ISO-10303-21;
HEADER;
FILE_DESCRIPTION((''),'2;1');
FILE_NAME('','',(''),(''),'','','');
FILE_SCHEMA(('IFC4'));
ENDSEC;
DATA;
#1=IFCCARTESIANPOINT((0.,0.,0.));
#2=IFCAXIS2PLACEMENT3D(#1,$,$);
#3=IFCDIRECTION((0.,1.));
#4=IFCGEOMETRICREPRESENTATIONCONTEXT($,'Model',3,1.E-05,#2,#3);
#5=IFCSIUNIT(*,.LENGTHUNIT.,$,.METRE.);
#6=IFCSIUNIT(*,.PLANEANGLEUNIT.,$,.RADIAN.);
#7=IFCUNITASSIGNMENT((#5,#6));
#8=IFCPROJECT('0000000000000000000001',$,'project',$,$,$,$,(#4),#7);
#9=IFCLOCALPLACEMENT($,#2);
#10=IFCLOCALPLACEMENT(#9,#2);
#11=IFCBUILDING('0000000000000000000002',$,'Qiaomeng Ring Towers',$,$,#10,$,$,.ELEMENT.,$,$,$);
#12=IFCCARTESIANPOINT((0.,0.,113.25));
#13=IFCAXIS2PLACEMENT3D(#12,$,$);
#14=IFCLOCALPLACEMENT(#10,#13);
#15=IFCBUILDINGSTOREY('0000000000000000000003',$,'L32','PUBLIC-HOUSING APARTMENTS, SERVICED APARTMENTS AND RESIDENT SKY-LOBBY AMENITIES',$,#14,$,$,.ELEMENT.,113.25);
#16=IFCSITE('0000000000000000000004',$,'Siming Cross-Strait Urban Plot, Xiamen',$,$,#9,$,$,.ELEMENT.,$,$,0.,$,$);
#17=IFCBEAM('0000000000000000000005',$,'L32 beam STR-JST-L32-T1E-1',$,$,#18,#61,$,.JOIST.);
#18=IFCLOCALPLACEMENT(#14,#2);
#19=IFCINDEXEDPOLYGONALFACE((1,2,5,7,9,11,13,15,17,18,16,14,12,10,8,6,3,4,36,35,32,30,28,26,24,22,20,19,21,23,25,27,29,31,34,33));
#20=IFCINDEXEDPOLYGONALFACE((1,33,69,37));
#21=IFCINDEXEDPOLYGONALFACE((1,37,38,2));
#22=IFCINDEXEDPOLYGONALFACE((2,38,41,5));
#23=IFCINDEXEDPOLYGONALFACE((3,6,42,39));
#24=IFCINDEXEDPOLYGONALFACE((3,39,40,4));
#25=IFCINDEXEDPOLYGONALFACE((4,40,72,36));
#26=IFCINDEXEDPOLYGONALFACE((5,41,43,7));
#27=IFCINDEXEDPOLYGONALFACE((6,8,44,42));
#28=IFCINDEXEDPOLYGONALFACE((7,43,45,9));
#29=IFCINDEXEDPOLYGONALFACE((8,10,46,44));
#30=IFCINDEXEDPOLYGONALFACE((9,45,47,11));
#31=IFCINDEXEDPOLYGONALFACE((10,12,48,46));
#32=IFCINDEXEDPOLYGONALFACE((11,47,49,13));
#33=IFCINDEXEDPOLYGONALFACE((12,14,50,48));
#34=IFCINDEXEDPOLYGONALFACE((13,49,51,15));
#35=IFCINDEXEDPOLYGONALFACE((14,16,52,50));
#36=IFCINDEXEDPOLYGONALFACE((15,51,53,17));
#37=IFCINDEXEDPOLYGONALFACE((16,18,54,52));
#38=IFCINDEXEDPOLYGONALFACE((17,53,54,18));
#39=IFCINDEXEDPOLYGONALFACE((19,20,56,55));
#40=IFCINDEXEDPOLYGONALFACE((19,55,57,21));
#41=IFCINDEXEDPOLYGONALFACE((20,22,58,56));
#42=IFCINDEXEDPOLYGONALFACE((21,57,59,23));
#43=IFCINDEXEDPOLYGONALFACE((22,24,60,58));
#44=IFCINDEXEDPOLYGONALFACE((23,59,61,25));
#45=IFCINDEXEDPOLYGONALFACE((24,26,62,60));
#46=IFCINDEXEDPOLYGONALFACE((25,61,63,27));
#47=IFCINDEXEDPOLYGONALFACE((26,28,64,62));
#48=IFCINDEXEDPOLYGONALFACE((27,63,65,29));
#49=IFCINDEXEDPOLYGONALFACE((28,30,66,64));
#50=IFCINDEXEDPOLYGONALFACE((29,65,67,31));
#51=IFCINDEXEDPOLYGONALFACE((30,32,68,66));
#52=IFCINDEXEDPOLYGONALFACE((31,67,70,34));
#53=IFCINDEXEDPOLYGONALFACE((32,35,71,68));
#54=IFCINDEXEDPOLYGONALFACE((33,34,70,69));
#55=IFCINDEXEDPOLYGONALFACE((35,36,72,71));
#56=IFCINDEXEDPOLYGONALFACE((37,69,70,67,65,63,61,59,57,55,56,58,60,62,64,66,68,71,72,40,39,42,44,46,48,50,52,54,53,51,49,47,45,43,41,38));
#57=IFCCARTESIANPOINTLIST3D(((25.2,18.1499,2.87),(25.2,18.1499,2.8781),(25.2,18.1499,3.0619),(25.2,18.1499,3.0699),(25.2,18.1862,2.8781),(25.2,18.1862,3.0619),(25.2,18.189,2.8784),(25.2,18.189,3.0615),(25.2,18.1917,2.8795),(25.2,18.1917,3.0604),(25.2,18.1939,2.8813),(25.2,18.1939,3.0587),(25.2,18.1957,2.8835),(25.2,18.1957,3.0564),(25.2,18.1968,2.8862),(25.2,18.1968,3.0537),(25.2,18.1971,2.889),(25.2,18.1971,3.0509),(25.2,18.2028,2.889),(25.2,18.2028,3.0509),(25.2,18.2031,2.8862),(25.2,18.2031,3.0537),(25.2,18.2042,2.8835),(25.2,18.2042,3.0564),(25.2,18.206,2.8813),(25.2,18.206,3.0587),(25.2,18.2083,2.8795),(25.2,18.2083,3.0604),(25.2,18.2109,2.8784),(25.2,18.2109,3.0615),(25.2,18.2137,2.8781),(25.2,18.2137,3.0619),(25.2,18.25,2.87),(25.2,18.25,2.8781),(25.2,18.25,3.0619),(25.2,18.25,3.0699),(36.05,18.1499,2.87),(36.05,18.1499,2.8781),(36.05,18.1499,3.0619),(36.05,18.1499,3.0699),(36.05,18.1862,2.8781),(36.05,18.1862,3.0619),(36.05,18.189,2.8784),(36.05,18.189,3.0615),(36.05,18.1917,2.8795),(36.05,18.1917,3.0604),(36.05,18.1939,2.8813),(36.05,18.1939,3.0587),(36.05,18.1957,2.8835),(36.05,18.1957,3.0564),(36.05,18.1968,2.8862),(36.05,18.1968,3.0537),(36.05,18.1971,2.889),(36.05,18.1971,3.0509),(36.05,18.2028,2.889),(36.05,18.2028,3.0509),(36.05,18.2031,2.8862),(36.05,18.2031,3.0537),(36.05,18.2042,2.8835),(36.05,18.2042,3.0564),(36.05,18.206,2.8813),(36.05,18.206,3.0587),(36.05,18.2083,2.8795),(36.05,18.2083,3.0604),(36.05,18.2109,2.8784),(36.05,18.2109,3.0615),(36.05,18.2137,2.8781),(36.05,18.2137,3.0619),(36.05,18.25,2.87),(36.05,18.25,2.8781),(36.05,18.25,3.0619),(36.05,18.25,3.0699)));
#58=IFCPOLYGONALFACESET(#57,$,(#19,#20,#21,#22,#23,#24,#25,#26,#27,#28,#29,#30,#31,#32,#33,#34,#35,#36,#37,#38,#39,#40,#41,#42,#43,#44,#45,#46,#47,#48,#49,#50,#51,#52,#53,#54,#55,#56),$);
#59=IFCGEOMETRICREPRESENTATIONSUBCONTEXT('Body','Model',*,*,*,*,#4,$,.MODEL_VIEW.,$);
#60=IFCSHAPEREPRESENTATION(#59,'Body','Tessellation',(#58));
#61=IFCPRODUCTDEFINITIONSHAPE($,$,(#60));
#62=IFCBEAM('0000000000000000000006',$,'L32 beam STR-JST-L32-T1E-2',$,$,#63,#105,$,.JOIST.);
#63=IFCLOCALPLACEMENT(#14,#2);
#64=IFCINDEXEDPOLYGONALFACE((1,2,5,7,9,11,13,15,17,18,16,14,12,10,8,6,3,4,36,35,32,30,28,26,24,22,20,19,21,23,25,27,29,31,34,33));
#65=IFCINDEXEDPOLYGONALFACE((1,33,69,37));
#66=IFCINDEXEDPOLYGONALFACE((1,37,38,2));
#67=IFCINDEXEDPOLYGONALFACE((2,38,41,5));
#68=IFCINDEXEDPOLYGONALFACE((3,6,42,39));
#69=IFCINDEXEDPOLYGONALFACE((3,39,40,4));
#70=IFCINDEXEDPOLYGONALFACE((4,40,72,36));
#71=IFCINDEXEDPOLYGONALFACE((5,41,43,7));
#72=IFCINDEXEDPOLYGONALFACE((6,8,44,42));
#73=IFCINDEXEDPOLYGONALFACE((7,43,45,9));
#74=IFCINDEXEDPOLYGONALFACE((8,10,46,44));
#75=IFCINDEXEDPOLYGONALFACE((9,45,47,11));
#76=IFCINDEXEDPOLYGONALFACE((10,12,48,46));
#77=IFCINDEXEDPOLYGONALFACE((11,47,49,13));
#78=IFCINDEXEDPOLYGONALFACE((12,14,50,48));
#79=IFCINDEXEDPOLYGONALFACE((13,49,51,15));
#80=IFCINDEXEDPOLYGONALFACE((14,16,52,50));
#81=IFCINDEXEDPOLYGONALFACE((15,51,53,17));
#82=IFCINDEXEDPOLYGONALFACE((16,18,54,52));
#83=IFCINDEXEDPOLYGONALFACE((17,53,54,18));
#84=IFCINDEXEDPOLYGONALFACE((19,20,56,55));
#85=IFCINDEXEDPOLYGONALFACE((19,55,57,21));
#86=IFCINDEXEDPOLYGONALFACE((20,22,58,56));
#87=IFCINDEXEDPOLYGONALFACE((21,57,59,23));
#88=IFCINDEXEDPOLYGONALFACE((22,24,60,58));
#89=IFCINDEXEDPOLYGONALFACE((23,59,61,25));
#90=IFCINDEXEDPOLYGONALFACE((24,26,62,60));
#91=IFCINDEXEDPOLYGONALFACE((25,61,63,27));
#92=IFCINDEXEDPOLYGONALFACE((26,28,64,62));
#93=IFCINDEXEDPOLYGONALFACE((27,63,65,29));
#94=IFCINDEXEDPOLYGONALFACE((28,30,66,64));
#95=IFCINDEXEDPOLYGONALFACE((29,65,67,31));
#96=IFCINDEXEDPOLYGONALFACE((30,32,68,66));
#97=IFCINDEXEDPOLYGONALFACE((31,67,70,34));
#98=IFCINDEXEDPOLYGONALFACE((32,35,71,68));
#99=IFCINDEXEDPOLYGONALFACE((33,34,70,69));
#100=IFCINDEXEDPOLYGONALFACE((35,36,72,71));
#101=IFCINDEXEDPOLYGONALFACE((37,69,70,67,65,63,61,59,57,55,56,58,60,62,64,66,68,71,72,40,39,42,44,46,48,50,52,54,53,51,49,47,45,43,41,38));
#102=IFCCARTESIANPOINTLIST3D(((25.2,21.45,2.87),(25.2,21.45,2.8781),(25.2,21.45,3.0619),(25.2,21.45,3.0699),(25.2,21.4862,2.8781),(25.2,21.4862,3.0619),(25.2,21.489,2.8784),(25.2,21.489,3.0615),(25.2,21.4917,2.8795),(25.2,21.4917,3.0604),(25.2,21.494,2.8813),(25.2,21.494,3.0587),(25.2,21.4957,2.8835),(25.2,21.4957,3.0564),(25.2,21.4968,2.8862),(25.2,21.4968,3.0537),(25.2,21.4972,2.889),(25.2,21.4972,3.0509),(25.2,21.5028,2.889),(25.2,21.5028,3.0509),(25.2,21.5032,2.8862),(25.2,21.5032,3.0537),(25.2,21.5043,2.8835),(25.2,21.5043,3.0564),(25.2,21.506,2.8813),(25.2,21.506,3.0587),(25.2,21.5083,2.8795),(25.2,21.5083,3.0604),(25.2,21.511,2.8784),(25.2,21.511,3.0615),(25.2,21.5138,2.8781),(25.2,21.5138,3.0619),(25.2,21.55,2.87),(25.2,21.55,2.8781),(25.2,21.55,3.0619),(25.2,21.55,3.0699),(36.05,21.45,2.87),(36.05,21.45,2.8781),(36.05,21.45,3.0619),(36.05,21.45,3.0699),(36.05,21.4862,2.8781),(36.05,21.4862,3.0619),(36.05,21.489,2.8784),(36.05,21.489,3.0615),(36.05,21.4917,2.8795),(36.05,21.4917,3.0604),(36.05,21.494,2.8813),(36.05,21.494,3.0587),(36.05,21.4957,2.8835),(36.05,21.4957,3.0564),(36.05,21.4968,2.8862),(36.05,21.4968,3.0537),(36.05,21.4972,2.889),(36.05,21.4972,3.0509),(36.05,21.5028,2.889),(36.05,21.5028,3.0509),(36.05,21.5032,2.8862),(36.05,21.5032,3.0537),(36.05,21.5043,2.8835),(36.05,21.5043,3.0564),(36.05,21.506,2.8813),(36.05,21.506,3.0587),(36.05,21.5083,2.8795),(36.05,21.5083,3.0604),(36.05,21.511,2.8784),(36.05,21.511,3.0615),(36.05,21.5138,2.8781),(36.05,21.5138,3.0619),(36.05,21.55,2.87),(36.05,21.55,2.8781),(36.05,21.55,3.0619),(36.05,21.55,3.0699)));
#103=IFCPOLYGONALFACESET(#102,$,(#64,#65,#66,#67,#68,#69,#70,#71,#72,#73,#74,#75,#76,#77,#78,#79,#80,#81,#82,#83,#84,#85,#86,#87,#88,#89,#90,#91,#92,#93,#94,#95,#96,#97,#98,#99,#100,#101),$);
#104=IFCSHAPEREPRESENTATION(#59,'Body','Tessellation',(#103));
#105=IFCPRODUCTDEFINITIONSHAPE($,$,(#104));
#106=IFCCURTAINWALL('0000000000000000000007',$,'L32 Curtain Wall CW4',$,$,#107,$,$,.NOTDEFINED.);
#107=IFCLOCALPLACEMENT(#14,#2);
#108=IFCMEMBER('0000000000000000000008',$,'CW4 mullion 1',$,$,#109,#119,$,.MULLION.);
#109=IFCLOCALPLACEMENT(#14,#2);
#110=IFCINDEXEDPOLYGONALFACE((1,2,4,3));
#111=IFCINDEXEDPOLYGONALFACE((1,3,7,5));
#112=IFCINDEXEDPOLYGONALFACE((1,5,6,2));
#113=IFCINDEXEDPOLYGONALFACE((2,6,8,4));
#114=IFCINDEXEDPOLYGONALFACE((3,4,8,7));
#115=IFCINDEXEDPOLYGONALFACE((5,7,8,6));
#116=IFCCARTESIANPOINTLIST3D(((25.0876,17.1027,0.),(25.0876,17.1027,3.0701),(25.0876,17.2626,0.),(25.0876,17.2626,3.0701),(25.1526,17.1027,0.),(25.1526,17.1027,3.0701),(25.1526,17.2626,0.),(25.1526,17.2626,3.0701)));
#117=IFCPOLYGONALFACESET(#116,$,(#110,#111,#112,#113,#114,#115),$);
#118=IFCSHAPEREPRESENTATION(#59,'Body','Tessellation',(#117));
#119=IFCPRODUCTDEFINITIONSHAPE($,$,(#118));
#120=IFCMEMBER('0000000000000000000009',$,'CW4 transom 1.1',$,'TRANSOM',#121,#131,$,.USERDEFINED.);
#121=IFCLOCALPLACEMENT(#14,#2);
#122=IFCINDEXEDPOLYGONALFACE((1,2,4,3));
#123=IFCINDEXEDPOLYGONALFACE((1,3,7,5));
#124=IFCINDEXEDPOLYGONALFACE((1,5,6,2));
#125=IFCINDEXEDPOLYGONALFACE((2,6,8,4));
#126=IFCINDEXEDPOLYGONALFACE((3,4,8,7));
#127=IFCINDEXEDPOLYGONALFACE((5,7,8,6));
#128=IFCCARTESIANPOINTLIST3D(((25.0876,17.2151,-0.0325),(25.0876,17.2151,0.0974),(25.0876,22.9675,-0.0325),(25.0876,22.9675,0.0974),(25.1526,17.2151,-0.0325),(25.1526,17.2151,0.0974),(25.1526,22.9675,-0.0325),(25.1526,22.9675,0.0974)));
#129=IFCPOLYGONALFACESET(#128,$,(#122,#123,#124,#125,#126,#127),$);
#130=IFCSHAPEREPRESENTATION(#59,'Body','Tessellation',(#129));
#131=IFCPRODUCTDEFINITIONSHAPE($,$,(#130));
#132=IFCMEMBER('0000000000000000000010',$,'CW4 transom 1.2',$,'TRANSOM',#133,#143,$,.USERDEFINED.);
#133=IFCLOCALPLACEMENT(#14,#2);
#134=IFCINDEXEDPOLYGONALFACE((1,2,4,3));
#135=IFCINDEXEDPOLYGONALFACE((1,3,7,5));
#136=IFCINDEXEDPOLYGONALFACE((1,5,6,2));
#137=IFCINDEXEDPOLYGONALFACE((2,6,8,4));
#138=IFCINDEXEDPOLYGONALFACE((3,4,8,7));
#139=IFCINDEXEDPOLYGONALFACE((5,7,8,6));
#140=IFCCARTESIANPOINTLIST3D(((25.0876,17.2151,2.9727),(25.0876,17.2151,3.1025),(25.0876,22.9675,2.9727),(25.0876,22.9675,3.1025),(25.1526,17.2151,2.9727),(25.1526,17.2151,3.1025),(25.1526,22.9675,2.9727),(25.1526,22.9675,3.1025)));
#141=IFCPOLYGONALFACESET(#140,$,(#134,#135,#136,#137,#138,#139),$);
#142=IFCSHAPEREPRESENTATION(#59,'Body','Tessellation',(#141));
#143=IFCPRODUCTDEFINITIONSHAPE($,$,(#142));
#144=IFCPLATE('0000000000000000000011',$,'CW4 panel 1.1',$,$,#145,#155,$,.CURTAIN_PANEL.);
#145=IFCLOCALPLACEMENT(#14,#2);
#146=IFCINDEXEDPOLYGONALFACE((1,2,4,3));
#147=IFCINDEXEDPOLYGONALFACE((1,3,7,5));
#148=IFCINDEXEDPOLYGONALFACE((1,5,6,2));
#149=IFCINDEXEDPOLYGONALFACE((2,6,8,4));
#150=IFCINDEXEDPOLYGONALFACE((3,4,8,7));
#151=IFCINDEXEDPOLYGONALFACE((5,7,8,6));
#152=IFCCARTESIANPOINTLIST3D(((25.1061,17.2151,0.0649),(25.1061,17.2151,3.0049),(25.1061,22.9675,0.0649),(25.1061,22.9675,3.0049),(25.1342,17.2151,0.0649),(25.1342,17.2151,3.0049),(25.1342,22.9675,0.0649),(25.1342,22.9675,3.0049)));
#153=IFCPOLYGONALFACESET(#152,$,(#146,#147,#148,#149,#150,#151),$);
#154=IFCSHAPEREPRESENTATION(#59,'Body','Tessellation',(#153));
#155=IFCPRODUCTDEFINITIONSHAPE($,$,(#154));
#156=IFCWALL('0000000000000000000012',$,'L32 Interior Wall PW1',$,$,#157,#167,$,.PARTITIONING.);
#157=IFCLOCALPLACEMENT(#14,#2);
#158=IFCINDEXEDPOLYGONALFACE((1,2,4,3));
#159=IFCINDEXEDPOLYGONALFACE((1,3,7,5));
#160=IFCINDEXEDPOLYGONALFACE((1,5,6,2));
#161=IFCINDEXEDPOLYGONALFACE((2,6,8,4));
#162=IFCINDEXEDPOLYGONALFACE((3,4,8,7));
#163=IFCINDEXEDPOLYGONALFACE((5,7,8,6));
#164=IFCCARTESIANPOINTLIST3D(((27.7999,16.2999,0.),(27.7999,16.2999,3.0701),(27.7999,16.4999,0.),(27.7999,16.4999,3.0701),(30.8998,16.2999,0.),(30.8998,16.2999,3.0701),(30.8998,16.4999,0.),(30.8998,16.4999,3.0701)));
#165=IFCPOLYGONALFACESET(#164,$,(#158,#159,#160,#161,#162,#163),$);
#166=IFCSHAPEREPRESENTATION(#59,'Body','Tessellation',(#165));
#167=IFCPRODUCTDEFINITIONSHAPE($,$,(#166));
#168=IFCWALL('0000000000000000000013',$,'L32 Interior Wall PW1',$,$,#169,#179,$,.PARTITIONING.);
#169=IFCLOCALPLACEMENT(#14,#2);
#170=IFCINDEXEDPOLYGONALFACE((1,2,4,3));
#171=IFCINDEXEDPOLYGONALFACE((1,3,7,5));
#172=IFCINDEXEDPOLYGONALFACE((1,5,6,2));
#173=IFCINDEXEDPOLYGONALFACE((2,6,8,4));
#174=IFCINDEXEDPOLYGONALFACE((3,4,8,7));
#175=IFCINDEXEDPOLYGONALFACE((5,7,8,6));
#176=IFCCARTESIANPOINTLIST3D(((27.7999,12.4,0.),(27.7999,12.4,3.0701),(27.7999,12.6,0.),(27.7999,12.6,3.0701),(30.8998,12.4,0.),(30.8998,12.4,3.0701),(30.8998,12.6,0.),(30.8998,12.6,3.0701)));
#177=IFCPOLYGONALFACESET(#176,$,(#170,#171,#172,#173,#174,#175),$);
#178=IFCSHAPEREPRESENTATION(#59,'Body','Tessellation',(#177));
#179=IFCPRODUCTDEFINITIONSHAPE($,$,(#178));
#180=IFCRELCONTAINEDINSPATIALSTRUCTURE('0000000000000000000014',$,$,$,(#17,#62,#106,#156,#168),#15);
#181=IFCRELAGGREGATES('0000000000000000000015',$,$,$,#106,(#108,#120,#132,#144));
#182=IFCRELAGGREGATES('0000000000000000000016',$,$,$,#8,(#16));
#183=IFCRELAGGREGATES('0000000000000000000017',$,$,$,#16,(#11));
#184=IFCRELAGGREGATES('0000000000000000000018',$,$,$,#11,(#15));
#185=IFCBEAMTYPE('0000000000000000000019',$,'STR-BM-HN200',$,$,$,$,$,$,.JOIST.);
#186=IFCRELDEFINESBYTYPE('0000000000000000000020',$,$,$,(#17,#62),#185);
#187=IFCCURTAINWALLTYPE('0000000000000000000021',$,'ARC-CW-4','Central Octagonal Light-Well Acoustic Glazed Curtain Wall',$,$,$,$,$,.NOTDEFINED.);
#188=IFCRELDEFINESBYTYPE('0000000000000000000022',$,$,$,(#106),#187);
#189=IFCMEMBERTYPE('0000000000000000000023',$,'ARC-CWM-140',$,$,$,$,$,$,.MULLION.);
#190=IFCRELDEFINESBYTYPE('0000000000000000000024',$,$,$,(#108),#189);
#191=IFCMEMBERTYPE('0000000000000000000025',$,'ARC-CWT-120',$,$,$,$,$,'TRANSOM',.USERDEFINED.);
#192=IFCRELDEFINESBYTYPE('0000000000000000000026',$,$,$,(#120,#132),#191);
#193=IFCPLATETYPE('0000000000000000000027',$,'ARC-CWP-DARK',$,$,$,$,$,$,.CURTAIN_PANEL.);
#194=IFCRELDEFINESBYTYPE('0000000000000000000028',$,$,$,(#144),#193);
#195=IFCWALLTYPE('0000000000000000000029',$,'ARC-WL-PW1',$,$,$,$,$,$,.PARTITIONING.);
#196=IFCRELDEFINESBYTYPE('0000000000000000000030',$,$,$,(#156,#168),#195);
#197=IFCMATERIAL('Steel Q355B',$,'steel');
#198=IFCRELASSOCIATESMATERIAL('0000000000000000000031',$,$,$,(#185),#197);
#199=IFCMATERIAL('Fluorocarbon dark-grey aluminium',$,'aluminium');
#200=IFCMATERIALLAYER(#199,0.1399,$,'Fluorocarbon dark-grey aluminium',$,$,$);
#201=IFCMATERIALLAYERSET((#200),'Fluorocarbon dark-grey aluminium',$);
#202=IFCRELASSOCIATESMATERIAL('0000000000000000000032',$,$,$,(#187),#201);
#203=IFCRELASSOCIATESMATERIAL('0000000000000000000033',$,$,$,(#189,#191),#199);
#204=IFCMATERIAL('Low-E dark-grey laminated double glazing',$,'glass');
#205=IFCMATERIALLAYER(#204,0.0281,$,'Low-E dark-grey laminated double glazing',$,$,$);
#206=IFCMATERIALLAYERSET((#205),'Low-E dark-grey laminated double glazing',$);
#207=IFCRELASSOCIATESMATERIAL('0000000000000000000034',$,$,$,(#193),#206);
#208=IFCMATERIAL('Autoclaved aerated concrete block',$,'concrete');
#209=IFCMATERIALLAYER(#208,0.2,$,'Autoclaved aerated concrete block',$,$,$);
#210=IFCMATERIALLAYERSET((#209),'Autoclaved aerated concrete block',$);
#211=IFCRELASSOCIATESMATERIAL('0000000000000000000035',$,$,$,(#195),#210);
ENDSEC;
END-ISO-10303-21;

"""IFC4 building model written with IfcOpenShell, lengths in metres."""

from ifc_helpers import new_model, si_unit, direction, frame, frame_2d, origin, origin_2d, place, context, subcontext, project, spatial, rectangle, i_section, extrude, source, transform, mapped, material, layer, layer_set, material_profile, profile_set, type_object, element, aggregate, save


model = new_model("IFC4")

# Units and contexts
model_context = context("Model", 3, precision=1e-05, world=origin(), true_north=direction((0.0, 1.0)))
body_context = subcontext(model_context, "Body", "Model", "MODEL_VIEW")
ifc_project = project(units=[si_unit("LENGTHUNIT", "METRE"), si_unit("PLANEANGLEUNIT", "RADIAN")], contexts=[model_context])

# Site, building, storey
site_placement = place(None, origin())
site = spatial("IfcSite", under=ifc_project, at=site_placement, Name="Siming Cross-Strait Urban Plot, Xiamen", CompositionType="ELEMENT", RefElevation=0.0)
building_placement = place(site_placement, origin())
building = spatial("IfcBuilding", under=site, at=building_placement, Name="Qiaomeng Ring Towers", CompositionType="ELEMENT")
storey_placement = place(building_placement, frame((0.0, 0.0, 113.25)))
storey = spatial("IfcBuildingStorey", under=building, at=storey_placement, Name="L32", Description="PUBLIC-HOUSING APARTMENTS, SERVICED APARTMENTS AND RESIDENT SKY-LOBBY AMENITIES", CompositionType="ELEMENT", Elevation=113.25)

# Beams
ifc_material_1 = material(Name="Steel Q355B", Category="steel")
ifc_material_profile_1 = material_profile(ifc_material_1, i_section(OverallWidth=0.1001, OverallDepth=0.2, WebThickness=0.0056, FlangeThickness=0.0081, FilletRadius=0.011, at=origin_2d()), Name="HN 200x100x5.5x8")
ifc_profile_set_1 = profile_set([ifc_material_profile_1], Name="Steel Q355B")
beam_type_1 = type_object("IfcBeamType", Name="STR-BM-HN200", PredefinedType="JOIST", material=ifc_profile_set_1)
shared_shape_1 = source(origin(), body_context, "Body", "SweptSolid", [
    extrude(i_section(OverallWidth=0.1001, OverallDepth=0.2, WebThickness=0.0056, FlangeThickness=0.0081, FilletRadius=0.011, at=origin_2d()), origin(), (0.0, 0.0, 1.0), 10.8501),
])
for number, where, z_axis, x_axis, name in (
    (1, (25.2, 18.2, 2.97), (1.0, 0.0, 0.0), (0.0, 1.0, 0.0), "L32 beam STR-JST-L32-T1E-1"),
    (2, (25.2, 21.5, 2.97), (1.0, 0.0, 0.0), (0.0, 1.0, 0.0), "L32 beam STR-JST-L32-T1E-2"),
):
    element("IfcBeam", number, at=place(storey_placement, frame(where, z_axis=z_axis, x_axis=x_axis)), inside=storey, type_object=beam_type_1, Name=name, PredefinedType="JOIST", context=body_context, shape_type="MappedRepresentation", body=[
        mapped(shared_shape_1, transform((0.0, 0.0, 0.0), x_axis=(1.0, 0.0, 0.0), y_axis=(0.0, 1.0, 0.0), z_axis=(0.0, 0.0, 1.0), scale=1.0)),
    ])

# Curtain wall, members, plate
ifc_material_2 = material(Name="Fluorocarbon dark-grey aluminium", Category="aluminium")
ifc_layer_1 = layer(ifc_material_2, 0.1399, Name="Fluorocarbon dark-grey aluminium")
ifc_layer_set_1 = layer_set([ifc_layer_1], Name="Fluorocarbon dark-grey aluminium")
curtain_wall_type = type_object("IfcCurtainWallType", Name="ARC-CW-4", Description="Central Octagonal Light-Well Acoustic Glazed Curtain Wall", PredefinedType="NOTDEFINED", material=ifc_layer_set_1)
curtain_wall_placement = place(storey_placement, origin())
curtain_wall = element("IfcCurtainWall", 3, at=curtain_wall_placement, inside=storey, type_object=curtain_wall_type, Name="L32 Curtain Wall CW4", PredefinedType="NOTDEFINED")
ifc_material_profile_2 = material_profile(ifc_material_2, rectangle(XDim=0.0649, YDim=0.1599, at=origin_2d()), Name="ALU MULL 65x160")
ifc_profile_set_2 = profile_set([ifc_material_profile_2], Name="Fluorocarbon dark-grey aluminium")
member_type_1 = type_object("IfcMemberType", Name="ARC-CWM-140", PredefinedType="MULLION", material=ifc_profile_set_2)
shared_shape_2 = source(origin(), body_context, "Body", "SweptSolid", [
    extrude(rectangle(XDim=0.0649, YDim=0.1599, at=origin_2d()), origin(), (0.0, 0.0, 1.0), 3.0701),
])
member_1_placement = place(storey_placement, frame((25.1201, 17.1826, 0.0), z_axis=(0.0, 0.0, 1.0), x_axis=(-1.0, 0.0, 0.0)))
member_1 = element("IfcMember", 4, at=member_1_placement, type_object=member_type_1, Name="CW4 mullion 1", PredefinedType="MULLION", context=body_context, shape_type="MappedRepresentation", body=[
    mapped(shared_shape_2, transform((0.0, 0.0, 0.0), x_axis=(1.0, 0.0, 0.0), y_axis=(0.0, 1.0, 0.0), z_axis=(0.0, 0.0, 1.0), scale=1.0)),
])
ifc_material_profile_3 = material_profile(ifc_material_2, rectangle(XDim=0.0649, YDim=0.1299, at=origin_2d()), Name="ALU TRAN 65x130")
ifc_profile_set_3 = profile_set([ifc_material_profile_3], Name="Fluorocarbon dark-grey aluminium")
member_type_2 = type_object("IfcMemberType", Name="ARC-CWT-120", ElementType="TRANSOM", PredefinedType="USERDEFINED", material=ifc_profile_set_3)
shared_shape_3 = source(origin(), body_context, "Body", "SweptSolid", [
    extrude(rectangle(XDim=0.0649, YDim=0.1299, at=origin_2d()), origin(), (0.0, 0.0, 1.0), 5.7524),
])
member_2_placement = place(storey_placement, frame((25.1201, 17.2151, 0.0325), z_axis=(0.0, 1.0, 0.0), x_axis=(-1.0, 0.0, 0.0)))
member_2 = element("IfcMember", 5, at=member_2_placement, type_object=member_type_2, Name="CW4 transom 1.1", ObjectType="TRANSOM", PredefinedType="USERDEFINED", context=body_context, shape_type="MappedRepresentation", body=[
    mapped(shared_shape_3, transform((0.0, 0.0, 0.0), x_axis=(1.0, 0.0, 0.0), y_axis=(0.0, 1.0, 0.0), z_axis=(0.0, 0.0, 1.0), scale=1.0)),
])
member_3_placement = place(storey_placement, frame((25.1201, 17.2151, 3.0376), z_axis=(0.0, 1.0, 0.0), x_axis=(-1.0, 0.0, 0.0)))
member_3 = element("IfcMember", 6, at=member_3_placement, type_object=member_type_2, Name="CW4 transom 1.2", ObjectType="TRANSOM", PredefinedType="USERDEFINED", context=body_context, shape_type="MappedRepresentation", body=[
    mapped(shared_shape_3, transform((0.0, 0.0, 0.0), x_axis=(1.0, 0.0, 0.0), y_axis=(0.0, 1.0, 0.0), z_axis=(0.0, 0.0, 1.0), scale=1.0)),
])
ifc_material_3 = material(Name="Low-E dark-grey laminated double glazing", Category="glass")
ifc_layer_2 = layer(ifc_material_3, 0.0281, Name="Low-E dark-grey laminated double glazing")
ifc_layer_set_2 = layer_set([ifc_layer_2], Name="Low-E dark-grey laminated double glazing")
plate_type = type_object("IfcPlateType", Name="ARC-CWP-DARK", PredefinedType="CURTAIN_PANEL", material=ifc_layer_set_2)
shared_shape_4 = source(origin(), body_context, "Body", "SweptSolid", [
    extrude(rectangle(XDim=5.7524, YDim=0.0281, at=origin_2d()), origin(), (0.0, 0.0, 1.0), 2.9399),
])
plate_placement = place(storey_placement, frame((25.1201, 20.0913, 0.0649), z_axis=(0.0, 0.0, 1.0), x_axis=(0.0, 1.0, 0.0)))
plate = element("IfcPlate", 7, at=plate_placement, type_object=plate_type, Name="CW4 panel 1.1", PredefinedType="CURTAIN_PANEL", context=body_context, shape_type="MappedRepresentation", body=[
    mapped(shared_shape_4, transform((0.0, 0.0, 0.0), x_axis=(1.0, 0.0, 0.0), y_axis=(0.0, 1.0, 0.0), z_axis=(0.0, 0.0, 1.0), scale=1.0)),
])
aggregate(curtain_wall, [member_1, member_2, member_3, plate])

# Walls
ifc_material_4 = material(Name="Autoclaved aerated concrete block", Category="concrete")
ifc_layer_3 = layer(ifc_material_4, 0.2, Name="Autoclaved aerated concrete block")
ifc_layer_set_3 = layer_set([ifc_layer_3], Name="Autoclaved aerated concrete block")
wall_type_1 = type_object("IfcWallType", Name="ARC-WL-PW1", PredefinedType="PARTITIONING", material=ifc_layer_set_3)
for number, where, z_axis, x_axis, name in (
    (8, (27.8, 16.3999, 0.0), (0.0, 0.0, 1.0), (1.0, 0.0, 0.0), "L32 Interior Wall PW1"),
    (9, (27.8, 12.5, 0.0), (0.0, 0.0, 1.0), (1.0, 0.0, 0.0), "L32 Interior Wall PW1"),
):
    element("IfcWall", number, at=place(storey_placement, frame(where, z_axis=z_axis, x_axis=x_axis)), inside=storey, type_object=wall_type_1, Name=name, PredefinedType="PARTITIONING", context=body_context, shape_type="SweptSolid", body=[
        extrude(rectangle(XDim=3.0999, YDim=0.2, at=frame_2d((1.5498, 0.0))), origin(), (0.0, 0.0, 1.0), 3.0701),
    ])

save(model, "model.ifc")
